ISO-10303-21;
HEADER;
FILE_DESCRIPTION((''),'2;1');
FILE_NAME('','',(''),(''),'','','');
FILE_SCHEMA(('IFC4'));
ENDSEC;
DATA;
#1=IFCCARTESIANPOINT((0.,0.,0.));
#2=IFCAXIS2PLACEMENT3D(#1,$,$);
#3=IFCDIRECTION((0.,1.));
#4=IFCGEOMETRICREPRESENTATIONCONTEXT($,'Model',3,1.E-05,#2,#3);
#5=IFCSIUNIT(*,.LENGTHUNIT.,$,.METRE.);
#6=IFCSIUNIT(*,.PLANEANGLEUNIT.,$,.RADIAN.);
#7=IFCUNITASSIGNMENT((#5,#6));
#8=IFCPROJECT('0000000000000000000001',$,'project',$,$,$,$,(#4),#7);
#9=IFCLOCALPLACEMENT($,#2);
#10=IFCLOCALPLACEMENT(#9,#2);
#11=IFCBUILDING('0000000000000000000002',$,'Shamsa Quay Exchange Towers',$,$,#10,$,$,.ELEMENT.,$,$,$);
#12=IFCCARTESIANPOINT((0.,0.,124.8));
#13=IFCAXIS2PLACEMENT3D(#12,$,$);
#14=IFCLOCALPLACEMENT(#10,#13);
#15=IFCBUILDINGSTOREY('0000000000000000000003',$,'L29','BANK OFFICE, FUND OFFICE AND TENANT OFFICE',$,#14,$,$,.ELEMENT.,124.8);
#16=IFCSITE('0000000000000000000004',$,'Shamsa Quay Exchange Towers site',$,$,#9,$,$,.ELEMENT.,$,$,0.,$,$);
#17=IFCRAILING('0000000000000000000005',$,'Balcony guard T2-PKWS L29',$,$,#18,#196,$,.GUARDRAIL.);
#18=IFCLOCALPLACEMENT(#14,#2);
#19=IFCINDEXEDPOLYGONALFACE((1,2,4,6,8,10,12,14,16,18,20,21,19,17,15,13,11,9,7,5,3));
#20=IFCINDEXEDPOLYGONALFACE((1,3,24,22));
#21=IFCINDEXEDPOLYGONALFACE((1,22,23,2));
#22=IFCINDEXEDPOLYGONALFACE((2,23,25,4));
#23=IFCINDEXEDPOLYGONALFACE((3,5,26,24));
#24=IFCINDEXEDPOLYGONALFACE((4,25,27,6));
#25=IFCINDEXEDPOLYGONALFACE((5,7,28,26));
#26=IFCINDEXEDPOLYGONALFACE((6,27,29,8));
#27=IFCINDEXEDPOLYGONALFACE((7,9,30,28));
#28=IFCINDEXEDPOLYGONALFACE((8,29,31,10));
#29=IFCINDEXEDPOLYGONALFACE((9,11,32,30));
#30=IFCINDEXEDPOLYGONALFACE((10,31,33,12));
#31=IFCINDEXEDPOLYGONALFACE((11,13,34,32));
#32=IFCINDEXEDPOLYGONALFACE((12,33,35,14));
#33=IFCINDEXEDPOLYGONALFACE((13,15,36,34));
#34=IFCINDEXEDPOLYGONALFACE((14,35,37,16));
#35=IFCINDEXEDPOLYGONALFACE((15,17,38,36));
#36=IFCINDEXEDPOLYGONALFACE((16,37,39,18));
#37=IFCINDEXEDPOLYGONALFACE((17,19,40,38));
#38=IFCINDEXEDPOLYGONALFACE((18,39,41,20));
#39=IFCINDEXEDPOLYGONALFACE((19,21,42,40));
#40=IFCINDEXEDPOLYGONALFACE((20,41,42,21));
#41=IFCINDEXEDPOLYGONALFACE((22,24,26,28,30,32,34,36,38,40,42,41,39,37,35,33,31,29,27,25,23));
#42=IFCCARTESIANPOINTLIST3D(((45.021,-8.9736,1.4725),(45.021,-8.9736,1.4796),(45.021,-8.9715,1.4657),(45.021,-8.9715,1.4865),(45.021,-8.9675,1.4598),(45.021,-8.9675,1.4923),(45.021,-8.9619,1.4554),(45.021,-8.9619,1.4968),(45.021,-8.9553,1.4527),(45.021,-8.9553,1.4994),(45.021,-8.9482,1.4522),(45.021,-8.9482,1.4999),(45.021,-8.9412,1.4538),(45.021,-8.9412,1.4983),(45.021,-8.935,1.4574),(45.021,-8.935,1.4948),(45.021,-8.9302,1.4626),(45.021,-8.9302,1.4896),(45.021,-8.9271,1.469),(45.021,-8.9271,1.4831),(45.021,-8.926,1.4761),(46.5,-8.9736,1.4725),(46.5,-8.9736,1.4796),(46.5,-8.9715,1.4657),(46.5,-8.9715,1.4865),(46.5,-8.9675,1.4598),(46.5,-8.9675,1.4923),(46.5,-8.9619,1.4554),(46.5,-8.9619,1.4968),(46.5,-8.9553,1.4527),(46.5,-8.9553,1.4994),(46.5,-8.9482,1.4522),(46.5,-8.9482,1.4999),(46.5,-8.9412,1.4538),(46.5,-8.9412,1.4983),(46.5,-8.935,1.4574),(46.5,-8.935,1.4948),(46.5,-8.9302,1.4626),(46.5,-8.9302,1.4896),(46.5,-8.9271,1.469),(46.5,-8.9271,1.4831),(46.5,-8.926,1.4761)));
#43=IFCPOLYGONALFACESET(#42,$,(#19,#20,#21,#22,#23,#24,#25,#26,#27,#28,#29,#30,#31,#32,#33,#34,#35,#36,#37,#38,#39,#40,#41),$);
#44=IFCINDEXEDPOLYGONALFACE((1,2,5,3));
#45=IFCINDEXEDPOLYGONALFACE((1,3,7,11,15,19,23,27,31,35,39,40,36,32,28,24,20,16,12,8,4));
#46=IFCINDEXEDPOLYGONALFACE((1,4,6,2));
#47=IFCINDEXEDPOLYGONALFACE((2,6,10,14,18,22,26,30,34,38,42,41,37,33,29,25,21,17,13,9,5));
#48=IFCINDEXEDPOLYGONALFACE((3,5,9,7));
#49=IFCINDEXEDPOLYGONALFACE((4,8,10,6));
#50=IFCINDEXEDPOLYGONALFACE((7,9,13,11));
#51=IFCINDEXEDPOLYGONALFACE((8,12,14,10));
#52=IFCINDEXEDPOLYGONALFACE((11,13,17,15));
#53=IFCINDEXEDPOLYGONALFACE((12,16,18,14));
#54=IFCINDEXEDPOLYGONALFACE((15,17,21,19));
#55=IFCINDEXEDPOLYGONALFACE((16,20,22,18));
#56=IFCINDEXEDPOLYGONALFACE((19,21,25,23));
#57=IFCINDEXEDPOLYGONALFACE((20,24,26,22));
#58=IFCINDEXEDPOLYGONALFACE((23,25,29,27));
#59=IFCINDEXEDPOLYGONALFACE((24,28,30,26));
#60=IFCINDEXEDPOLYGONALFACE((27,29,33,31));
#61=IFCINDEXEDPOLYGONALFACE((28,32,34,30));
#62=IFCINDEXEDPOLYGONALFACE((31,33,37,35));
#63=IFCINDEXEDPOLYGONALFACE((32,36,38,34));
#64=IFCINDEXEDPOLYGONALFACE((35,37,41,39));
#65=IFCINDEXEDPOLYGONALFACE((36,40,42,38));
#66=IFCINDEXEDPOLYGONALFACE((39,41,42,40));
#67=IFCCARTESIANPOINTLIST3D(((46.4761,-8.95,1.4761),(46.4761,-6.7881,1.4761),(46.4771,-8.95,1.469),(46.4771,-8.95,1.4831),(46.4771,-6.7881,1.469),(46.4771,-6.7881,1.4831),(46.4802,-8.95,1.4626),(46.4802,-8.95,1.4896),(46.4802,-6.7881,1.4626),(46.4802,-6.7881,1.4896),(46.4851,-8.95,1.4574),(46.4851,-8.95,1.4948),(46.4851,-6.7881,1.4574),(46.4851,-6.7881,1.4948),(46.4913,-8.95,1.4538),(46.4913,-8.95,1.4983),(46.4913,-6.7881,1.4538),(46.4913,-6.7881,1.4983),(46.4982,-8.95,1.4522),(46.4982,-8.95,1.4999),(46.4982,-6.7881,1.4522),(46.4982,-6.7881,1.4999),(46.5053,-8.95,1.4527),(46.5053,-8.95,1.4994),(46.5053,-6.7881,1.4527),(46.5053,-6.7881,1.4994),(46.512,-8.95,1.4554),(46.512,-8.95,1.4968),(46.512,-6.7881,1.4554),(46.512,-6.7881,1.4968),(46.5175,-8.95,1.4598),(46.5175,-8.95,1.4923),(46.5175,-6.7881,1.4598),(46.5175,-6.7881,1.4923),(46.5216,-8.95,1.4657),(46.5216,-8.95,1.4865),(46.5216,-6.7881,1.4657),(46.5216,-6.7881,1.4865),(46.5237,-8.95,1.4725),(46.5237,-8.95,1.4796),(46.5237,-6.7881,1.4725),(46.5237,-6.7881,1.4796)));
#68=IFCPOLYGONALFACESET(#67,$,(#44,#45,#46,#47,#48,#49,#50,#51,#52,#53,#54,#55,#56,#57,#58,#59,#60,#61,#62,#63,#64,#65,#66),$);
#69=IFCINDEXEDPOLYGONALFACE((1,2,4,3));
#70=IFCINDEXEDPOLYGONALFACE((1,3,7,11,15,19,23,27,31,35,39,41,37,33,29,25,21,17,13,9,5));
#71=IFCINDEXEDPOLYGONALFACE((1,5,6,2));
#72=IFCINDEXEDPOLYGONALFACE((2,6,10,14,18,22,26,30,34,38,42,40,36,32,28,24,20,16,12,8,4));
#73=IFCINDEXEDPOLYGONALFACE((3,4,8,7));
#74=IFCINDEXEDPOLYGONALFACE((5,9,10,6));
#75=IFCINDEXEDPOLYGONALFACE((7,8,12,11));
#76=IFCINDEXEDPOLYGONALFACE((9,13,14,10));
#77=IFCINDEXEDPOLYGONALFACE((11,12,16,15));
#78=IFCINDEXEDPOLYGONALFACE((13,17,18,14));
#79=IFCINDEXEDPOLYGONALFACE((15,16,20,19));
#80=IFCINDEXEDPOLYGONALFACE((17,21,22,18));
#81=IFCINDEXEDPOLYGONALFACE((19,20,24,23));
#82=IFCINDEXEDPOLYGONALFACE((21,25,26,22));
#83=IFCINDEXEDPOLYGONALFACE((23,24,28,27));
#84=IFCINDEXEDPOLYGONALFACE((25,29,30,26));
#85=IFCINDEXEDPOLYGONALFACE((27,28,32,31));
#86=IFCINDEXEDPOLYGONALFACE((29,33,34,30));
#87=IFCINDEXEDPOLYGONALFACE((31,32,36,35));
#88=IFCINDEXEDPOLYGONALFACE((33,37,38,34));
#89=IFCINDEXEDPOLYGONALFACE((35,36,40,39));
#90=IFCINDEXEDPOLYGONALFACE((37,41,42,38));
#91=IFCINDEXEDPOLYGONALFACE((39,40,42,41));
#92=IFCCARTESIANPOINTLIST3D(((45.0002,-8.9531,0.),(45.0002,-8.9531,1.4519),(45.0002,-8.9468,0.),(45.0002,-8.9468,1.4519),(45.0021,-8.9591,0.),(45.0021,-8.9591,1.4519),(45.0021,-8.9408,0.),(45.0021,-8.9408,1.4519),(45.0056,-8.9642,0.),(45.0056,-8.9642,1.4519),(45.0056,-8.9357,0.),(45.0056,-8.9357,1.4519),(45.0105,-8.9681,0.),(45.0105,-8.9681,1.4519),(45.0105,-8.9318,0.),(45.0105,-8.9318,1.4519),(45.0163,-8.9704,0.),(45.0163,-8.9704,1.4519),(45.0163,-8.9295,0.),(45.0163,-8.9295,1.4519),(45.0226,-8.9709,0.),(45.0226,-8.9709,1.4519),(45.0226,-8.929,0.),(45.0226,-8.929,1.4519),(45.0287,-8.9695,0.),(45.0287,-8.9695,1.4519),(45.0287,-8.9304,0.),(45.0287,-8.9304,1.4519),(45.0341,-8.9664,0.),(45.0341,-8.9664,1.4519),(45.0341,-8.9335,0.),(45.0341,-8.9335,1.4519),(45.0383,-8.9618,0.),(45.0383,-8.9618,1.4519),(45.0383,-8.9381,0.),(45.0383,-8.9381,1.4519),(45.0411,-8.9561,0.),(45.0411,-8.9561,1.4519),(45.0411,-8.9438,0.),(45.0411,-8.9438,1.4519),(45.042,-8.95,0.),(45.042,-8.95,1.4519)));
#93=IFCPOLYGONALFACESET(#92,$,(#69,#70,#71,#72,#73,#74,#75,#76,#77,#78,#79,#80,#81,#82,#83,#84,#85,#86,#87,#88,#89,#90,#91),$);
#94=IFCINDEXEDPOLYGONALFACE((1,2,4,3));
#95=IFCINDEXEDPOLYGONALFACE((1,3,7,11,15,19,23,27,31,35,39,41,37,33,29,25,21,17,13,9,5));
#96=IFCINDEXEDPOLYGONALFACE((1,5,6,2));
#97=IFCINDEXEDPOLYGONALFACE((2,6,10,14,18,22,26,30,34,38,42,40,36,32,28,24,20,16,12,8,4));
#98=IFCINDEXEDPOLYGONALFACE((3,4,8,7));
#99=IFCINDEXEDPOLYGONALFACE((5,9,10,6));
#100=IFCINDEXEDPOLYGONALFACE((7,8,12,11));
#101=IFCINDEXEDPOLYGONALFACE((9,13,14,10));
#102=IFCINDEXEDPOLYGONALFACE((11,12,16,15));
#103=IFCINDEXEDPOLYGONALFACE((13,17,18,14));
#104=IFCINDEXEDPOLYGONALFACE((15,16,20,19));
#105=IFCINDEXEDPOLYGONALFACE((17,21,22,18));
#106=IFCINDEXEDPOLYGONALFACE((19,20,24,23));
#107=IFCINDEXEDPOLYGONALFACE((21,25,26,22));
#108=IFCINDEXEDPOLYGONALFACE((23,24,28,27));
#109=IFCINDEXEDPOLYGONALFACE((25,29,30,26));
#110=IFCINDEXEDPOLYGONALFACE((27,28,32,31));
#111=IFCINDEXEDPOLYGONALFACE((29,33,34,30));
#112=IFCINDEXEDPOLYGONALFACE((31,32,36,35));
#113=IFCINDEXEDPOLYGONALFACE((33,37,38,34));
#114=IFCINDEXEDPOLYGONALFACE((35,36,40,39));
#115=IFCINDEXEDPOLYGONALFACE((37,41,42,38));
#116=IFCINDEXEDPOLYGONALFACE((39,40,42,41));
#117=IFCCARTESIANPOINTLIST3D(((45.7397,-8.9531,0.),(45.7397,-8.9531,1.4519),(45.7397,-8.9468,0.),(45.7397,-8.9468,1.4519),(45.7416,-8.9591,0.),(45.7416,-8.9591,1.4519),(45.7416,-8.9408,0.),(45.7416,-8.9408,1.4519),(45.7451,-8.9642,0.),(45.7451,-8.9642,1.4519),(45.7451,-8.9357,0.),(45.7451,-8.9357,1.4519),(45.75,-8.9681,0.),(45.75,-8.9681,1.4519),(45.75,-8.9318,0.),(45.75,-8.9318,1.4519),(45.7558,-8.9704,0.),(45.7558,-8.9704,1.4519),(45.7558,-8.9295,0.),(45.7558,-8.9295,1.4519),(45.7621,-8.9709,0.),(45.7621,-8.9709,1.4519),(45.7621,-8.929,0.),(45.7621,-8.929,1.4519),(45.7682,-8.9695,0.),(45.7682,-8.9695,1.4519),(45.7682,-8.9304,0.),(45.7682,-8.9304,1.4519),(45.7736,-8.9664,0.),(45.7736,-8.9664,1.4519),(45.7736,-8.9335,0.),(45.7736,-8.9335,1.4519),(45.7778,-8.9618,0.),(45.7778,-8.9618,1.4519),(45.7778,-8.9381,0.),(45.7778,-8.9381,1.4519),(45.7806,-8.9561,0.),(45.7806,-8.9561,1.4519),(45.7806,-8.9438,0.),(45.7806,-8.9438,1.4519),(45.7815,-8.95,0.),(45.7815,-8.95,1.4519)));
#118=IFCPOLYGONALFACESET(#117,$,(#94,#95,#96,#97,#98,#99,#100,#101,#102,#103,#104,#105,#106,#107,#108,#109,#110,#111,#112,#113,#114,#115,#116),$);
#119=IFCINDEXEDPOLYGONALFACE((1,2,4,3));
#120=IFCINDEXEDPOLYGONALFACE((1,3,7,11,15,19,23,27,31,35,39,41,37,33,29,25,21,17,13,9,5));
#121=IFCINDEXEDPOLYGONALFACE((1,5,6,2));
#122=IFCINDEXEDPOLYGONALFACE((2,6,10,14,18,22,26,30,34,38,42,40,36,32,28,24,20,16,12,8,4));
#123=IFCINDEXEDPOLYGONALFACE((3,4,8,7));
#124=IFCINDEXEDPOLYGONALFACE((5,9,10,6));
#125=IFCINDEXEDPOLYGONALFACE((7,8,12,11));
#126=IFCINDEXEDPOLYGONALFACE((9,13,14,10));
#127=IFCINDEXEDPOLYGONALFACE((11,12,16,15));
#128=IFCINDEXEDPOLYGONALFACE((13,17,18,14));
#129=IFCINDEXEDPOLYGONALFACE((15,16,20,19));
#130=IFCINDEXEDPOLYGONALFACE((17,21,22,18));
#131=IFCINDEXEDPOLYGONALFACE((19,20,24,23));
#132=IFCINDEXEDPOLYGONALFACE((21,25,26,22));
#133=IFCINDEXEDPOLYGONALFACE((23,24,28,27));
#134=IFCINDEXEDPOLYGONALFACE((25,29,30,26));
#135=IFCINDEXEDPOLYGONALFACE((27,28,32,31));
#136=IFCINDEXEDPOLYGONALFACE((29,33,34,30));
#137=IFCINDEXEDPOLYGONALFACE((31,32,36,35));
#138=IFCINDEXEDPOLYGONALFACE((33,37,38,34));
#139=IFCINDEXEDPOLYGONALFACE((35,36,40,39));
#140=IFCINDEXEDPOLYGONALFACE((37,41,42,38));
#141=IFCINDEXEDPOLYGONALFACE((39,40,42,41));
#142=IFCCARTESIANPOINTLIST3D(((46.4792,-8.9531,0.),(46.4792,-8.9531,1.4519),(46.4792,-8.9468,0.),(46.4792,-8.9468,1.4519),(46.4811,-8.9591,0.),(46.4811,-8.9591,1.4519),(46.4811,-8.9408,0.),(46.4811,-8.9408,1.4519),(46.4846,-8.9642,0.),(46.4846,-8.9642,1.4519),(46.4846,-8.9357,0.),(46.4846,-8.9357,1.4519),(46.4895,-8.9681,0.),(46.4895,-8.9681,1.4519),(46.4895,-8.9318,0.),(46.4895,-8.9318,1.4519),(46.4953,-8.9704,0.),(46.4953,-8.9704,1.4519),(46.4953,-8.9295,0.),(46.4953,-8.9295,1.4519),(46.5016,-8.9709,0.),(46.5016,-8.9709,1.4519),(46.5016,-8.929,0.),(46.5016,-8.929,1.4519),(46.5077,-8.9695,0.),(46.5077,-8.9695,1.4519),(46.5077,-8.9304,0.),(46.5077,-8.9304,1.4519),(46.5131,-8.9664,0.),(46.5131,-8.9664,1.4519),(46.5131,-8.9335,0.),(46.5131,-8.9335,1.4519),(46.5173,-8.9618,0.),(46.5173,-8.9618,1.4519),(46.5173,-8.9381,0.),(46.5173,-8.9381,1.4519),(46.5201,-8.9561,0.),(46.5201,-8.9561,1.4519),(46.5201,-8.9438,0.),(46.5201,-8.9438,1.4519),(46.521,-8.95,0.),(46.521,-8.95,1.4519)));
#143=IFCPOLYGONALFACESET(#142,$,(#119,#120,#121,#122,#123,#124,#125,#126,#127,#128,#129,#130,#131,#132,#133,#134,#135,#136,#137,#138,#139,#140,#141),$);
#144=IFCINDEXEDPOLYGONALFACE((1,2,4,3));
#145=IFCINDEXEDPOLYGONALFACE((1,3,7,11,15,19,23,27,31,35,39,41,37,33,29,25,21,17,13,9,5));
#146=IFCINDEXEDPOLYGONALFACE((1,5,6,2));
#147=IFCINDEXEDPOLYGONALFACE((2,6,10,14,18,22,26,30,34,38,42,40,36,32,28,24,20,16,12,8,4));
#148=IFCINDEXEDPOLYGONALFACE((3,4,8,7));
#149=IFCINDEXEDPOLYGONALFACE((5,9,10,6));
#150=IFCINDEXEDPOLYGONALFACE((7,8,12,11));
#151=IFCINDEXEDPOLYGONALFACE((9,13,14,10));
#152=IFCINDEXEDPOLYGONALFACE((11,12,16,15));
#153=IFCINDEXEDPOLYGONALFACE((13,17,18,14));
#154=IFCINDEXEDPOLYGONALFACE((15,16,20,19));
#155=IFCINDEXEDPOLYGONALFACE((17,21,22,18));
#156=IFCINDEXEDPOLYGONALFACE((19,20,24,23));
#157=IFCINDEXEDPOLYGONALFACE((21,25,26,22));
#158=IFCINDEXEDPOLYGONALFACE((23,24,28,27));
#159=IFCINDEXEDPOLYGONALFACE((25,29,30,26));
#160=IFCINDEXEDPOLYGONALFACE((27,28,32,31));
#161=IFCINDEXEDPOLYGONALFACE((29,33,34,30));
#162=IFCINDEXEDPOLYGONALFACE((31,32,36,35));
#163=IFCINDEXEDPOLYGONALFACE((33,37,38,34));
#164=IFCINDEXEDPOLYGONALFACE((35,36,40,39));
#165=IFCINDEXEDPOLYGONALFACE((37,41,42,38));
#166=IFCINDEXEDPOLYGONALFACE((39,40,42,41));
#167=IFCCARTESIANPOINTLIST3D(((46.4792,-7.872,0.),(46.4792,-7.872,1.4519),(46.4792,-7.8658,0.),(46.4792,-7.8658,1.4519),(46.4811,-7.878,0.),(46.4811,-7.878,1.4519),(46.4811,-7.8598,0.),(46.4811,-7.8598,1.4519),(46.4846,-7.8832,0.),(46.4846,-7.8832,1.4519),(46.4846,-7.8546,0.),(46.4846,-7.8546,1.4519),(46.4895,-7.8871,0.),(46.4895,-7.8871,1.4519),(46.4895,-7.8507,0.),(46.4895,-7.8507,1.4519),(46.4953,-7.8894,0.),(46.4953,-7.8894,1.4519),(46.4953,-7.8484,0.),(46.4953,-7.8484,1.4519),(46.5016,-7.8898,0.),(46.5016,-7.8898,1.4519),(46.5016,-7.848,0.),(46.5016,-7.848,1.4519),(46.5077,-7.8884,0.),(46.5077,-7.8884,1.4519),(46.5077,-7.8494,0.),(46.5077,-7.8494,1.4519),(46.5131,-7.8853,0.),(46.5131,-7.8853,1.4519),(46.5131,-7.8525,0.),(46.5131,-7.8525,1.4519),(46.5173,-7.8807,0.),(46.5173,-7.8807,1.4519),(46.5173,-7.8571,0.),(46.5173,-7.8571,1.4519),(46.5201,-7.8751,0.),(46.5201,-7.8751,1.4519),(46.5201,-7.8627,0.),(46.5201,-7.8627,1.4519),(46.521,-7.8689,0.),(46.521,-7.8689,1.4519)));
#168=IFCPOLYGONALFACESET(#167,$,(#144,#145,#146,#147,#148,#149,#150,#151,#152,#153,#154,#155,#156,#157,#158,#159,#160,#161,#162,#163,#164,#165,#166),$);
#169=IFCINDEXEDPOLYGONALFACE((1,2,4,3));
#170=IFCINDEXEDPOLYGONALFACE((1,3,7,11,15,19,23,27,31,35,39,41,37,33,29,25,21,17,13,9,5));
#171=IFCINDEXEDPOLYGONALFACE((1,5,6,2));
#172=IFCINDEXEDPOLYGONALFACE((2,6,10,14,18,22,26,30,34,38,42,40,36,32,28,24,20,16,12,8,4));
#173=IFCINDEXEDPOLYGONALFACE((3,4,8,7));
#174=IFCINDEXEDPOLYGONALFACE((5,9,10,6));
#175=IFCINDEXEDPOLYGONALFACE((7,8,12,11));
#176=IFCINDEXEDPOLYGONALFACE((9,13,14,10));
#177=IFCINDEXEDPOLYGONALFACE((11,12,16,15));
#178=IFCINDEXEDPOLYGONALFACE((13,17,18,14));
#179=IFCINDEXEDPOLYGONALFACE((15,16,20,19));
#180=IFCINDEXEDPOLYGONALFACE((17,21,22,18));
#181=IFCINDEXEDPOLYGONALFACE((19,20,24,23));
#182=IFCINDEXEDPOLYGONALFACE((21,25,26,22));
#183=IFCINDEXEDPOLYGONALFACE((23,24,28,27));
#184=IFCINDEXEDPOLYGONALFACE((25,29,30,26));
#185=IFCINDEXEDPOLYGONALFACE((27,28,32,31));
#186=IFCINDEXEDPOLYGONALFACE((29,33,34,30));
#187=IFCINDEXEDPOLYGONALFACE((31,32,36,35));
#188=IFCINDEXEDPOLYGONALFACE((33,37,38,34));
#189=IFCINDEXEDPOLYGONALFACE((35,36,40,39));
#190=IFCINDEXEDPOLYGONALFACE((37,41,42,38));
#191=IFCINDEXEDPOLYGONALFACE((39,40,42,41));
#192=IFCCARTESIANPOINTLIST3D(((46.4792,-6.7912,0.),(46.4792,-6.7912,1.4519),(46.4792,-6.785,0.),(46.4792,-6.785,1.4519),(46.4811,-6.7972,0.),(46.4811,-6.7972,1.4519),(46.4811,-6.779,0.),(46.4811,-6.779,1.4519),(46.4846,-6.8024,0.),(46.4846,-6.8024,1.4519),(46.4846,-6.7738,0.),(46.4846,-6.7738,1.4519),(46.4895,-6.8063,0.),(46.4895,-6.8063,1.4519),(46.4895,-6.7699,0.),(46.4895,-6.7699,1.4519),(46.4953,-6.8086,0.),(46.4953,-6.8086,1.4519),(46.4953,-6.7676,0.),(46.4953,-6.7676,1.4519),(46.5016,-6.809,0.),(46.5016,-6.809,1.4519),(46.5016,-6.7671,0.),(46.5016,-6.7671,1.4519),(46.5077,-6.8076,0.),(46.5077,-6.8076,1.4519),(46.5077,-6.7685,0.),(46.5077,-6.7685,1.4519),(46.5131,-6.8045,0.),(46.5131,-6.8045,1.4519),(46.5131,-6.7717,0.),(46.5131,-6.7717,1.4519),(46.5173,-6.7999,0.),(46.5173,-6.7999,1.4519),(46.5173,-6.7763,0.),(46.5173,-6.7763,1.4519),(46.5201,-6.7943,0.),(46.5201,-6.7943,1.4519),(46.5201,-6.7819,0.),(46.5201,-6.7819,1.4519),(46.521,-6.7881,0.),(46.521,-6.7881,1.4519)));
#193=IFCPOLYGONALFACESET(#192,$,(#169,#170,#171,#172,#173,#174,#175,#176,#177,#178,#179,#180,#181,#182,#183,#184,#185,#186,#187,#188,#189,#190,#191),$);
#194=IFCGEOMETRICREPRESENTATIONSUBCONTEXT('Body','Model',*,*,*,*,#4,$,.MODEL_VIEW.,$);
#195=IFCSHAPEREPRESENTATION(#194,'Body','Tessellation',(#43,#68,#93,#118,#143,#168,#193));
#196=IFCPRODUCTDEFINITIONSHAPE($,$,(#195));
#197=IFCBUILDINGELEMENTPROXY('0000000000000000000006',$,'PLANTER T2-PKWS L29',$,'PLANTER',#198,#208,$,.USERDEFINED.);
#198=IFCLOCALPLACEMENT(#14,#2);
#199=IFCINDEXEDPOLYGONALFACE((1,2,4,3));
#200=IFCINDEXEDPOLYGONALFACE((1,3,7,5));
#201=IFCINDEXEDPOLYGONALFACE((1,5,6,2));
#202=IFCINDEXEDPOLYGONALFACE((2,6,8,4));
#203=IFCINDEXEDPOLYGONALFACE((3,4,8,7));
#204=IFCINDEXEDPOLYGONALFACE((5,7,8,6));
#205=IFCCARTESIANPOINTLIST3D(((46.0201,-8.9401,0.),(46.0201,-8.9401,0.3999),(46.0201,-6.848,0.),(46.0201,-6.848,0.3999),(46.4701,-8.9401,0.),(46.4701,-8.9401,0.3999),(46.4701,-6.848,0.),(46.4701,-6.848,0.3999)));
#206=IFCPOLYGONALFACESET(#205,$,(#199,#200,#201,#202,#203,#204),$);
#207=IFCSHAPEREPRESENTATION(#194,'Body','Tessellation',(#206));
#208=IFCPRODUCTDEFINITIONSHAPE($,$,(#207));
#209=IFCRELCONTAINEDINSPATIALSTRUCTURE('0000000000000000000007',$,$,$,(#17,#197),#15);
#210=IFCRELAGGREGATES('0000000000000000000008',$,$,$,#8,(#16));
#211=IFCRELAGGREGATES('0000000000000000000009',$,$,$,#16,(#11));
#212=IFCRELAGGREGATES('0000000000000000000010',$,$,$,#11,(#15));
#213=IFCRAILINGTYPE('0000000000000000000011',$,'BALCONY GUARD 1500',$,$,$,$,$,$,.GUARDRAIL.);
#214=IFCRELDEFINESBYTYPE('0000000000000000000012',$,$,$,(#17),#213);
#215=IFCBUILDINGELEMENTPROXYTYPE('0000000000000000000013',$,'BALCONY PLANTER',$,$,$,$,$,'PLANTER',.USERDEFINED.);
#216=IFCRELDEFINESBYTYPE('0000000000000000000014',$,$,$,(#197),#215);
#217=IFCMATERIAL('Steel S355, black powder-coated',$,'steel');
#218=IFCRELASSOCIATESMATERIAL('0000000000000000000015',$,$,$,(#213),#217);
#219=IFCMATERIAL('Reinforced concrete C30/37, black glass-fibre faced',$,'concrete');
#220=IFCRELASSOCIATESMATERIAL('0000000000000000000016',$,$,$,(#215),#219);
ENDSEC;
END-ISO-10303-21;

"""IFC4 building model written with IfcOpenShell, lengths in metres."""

from ifc_helpers import new_model, si_unit, direction, frame, origin, origin_2d, place, context, subcontext, project, spatial, rectangle, circle, extrude, material, type_object, element, save


model = new_model("IFC4")

# Units and contexts
model_context = context("Model", 3, precision=1e-05, world=origin(), true_north=direction((0.0, 1.0)))
body_context = subcontext(model_context, "Body", "Model", "MODEL_VIEW")
ifc_project = project(units=[si_unit("LENGTHUNIT", "METRE"), si_unit("PLANEANGLEUNIT", "RADIAN")], contexts=[model_context])

# Site, building, storey
site_placement = place(None, origin())
site = spatial("IfcSite", under=ifc_project, at=site_placement, Name="Shamsa Quay Exchange Towers site", CompositionType="ELEMENT", RefElevation=0.0)
building_placement = place(site_placement, origin())
building = spatial("IfcBuilding", under=site, at=building_placement, Name="Shamsa Quay Exchange Towers", CompositionType="ELEMENT")
storey_placement = place(building_placement, frame((0.0, 0.0, 124.8)))
storey = spatial("IfcBuildingStorey", under=building, at=storey_placement, Name="L29", Description="BANK OFFICE, FUND OFFICE AND TENANT OFFICE", CompositionType="ELEMENT", Elevation=124.8)

# Railing
ifc_material_1 = material(Name="Steel S355, black powder-coated", Category="steel")
railing_type_1 = type_object("IfcRailingType", Name="BALCONY GUARD 1500", PredefinedType="GUARDRAIL", material=ifc_material_1)
railing_1_placement = place(storey_placement, frame((45.021, -8.95, 0.0)))
element("IfcRailing", 1, at=railing_1_placement, inside=storey, type_object=railing_type_1, Name="Balcony guard T2-PKWS L29", PredefinedType="GUARDRAIL", context=body_context, shape_type="SweptSolid", body=[
    extrude(circle(Radius=0.0239, at=origin_2d()), frame((0.0, 0.0, 1.4761), z_axis=(1.0, 0.0, 0.0), x_axis=(0.0, 1.0, 0.0)), (0.0, 0.0, 1.0), 1.479),
    extrude(circle(Radius=0.0239, at=origin_2d()), frame((1.479, 0.0, 1.4761), z_axis=(0.0, 1.0, 0.0), x_axis=(-1.0, 0.0, 0.0)), (0.0, 0.0, 1.0), 2.1619),
    extrude(circle(Radius=0.021, at=origin_2d()), origin(), (0.0, 0.0, 1.0), 1.4519),
    extrude(circle(Radius=0.021, at=origin_2d()), frame((0.7395, 0.0, 0.0)), (0.0, 0.0, 1.0), 1.4519),
    extrude(circle(Radius=0.021, at=origin_2d()), frame((1.479, 0.0, 0.0)), (0.0, 0.0, 1.0), 1.4519),
    extrude(circle(Radius=0.021, at=origin_2d()), frame((1.479, 1.0811, 0.0)), (0.0, 0.0, 1.0), 1.4519),
    extrude(circle(Radius=0.021, at=origin_2d()), frame((1.479, 2.1619, 0.0)), (0.0, 0.0, 1.0), 1.4519),
])

# Building element proxy
ifc_material_2 = material(Name="Reinforced concrete C30/37, black glass-fibre faced", Category="concrete")
building_element_proxy_type = type_object("IfcBuildingElementProxyType", Name="BALCONY PLANTER", ElementType="PLANTER", PredefinedType="USERDEFINED", material=ifc_material_2)
proxy_placement = place(storey_placement, frame((46.2451, -7.894, 0.0), z_axis=(0.0, 0.0, 1.0), x_axis=(0.0, 1.0, 0.0)))
element("IfcBuildingElementProxy", 2, at=proxy_placement, inside=storey, type_object=building_element_proxy_type, Name="PLANTER T2-PKWS L29", ObjectType="PLANTER", PredefinedType="USERDEFINED", context=body_context, shape_type="SweptSolid", body=[
    extrude(rectangle(XDim=2.092, YDim=0.45, at=origin_2d()), origin(), (0.0, 0.0, 1.0), 0.3999),
])

save(model, "model.ifc")
